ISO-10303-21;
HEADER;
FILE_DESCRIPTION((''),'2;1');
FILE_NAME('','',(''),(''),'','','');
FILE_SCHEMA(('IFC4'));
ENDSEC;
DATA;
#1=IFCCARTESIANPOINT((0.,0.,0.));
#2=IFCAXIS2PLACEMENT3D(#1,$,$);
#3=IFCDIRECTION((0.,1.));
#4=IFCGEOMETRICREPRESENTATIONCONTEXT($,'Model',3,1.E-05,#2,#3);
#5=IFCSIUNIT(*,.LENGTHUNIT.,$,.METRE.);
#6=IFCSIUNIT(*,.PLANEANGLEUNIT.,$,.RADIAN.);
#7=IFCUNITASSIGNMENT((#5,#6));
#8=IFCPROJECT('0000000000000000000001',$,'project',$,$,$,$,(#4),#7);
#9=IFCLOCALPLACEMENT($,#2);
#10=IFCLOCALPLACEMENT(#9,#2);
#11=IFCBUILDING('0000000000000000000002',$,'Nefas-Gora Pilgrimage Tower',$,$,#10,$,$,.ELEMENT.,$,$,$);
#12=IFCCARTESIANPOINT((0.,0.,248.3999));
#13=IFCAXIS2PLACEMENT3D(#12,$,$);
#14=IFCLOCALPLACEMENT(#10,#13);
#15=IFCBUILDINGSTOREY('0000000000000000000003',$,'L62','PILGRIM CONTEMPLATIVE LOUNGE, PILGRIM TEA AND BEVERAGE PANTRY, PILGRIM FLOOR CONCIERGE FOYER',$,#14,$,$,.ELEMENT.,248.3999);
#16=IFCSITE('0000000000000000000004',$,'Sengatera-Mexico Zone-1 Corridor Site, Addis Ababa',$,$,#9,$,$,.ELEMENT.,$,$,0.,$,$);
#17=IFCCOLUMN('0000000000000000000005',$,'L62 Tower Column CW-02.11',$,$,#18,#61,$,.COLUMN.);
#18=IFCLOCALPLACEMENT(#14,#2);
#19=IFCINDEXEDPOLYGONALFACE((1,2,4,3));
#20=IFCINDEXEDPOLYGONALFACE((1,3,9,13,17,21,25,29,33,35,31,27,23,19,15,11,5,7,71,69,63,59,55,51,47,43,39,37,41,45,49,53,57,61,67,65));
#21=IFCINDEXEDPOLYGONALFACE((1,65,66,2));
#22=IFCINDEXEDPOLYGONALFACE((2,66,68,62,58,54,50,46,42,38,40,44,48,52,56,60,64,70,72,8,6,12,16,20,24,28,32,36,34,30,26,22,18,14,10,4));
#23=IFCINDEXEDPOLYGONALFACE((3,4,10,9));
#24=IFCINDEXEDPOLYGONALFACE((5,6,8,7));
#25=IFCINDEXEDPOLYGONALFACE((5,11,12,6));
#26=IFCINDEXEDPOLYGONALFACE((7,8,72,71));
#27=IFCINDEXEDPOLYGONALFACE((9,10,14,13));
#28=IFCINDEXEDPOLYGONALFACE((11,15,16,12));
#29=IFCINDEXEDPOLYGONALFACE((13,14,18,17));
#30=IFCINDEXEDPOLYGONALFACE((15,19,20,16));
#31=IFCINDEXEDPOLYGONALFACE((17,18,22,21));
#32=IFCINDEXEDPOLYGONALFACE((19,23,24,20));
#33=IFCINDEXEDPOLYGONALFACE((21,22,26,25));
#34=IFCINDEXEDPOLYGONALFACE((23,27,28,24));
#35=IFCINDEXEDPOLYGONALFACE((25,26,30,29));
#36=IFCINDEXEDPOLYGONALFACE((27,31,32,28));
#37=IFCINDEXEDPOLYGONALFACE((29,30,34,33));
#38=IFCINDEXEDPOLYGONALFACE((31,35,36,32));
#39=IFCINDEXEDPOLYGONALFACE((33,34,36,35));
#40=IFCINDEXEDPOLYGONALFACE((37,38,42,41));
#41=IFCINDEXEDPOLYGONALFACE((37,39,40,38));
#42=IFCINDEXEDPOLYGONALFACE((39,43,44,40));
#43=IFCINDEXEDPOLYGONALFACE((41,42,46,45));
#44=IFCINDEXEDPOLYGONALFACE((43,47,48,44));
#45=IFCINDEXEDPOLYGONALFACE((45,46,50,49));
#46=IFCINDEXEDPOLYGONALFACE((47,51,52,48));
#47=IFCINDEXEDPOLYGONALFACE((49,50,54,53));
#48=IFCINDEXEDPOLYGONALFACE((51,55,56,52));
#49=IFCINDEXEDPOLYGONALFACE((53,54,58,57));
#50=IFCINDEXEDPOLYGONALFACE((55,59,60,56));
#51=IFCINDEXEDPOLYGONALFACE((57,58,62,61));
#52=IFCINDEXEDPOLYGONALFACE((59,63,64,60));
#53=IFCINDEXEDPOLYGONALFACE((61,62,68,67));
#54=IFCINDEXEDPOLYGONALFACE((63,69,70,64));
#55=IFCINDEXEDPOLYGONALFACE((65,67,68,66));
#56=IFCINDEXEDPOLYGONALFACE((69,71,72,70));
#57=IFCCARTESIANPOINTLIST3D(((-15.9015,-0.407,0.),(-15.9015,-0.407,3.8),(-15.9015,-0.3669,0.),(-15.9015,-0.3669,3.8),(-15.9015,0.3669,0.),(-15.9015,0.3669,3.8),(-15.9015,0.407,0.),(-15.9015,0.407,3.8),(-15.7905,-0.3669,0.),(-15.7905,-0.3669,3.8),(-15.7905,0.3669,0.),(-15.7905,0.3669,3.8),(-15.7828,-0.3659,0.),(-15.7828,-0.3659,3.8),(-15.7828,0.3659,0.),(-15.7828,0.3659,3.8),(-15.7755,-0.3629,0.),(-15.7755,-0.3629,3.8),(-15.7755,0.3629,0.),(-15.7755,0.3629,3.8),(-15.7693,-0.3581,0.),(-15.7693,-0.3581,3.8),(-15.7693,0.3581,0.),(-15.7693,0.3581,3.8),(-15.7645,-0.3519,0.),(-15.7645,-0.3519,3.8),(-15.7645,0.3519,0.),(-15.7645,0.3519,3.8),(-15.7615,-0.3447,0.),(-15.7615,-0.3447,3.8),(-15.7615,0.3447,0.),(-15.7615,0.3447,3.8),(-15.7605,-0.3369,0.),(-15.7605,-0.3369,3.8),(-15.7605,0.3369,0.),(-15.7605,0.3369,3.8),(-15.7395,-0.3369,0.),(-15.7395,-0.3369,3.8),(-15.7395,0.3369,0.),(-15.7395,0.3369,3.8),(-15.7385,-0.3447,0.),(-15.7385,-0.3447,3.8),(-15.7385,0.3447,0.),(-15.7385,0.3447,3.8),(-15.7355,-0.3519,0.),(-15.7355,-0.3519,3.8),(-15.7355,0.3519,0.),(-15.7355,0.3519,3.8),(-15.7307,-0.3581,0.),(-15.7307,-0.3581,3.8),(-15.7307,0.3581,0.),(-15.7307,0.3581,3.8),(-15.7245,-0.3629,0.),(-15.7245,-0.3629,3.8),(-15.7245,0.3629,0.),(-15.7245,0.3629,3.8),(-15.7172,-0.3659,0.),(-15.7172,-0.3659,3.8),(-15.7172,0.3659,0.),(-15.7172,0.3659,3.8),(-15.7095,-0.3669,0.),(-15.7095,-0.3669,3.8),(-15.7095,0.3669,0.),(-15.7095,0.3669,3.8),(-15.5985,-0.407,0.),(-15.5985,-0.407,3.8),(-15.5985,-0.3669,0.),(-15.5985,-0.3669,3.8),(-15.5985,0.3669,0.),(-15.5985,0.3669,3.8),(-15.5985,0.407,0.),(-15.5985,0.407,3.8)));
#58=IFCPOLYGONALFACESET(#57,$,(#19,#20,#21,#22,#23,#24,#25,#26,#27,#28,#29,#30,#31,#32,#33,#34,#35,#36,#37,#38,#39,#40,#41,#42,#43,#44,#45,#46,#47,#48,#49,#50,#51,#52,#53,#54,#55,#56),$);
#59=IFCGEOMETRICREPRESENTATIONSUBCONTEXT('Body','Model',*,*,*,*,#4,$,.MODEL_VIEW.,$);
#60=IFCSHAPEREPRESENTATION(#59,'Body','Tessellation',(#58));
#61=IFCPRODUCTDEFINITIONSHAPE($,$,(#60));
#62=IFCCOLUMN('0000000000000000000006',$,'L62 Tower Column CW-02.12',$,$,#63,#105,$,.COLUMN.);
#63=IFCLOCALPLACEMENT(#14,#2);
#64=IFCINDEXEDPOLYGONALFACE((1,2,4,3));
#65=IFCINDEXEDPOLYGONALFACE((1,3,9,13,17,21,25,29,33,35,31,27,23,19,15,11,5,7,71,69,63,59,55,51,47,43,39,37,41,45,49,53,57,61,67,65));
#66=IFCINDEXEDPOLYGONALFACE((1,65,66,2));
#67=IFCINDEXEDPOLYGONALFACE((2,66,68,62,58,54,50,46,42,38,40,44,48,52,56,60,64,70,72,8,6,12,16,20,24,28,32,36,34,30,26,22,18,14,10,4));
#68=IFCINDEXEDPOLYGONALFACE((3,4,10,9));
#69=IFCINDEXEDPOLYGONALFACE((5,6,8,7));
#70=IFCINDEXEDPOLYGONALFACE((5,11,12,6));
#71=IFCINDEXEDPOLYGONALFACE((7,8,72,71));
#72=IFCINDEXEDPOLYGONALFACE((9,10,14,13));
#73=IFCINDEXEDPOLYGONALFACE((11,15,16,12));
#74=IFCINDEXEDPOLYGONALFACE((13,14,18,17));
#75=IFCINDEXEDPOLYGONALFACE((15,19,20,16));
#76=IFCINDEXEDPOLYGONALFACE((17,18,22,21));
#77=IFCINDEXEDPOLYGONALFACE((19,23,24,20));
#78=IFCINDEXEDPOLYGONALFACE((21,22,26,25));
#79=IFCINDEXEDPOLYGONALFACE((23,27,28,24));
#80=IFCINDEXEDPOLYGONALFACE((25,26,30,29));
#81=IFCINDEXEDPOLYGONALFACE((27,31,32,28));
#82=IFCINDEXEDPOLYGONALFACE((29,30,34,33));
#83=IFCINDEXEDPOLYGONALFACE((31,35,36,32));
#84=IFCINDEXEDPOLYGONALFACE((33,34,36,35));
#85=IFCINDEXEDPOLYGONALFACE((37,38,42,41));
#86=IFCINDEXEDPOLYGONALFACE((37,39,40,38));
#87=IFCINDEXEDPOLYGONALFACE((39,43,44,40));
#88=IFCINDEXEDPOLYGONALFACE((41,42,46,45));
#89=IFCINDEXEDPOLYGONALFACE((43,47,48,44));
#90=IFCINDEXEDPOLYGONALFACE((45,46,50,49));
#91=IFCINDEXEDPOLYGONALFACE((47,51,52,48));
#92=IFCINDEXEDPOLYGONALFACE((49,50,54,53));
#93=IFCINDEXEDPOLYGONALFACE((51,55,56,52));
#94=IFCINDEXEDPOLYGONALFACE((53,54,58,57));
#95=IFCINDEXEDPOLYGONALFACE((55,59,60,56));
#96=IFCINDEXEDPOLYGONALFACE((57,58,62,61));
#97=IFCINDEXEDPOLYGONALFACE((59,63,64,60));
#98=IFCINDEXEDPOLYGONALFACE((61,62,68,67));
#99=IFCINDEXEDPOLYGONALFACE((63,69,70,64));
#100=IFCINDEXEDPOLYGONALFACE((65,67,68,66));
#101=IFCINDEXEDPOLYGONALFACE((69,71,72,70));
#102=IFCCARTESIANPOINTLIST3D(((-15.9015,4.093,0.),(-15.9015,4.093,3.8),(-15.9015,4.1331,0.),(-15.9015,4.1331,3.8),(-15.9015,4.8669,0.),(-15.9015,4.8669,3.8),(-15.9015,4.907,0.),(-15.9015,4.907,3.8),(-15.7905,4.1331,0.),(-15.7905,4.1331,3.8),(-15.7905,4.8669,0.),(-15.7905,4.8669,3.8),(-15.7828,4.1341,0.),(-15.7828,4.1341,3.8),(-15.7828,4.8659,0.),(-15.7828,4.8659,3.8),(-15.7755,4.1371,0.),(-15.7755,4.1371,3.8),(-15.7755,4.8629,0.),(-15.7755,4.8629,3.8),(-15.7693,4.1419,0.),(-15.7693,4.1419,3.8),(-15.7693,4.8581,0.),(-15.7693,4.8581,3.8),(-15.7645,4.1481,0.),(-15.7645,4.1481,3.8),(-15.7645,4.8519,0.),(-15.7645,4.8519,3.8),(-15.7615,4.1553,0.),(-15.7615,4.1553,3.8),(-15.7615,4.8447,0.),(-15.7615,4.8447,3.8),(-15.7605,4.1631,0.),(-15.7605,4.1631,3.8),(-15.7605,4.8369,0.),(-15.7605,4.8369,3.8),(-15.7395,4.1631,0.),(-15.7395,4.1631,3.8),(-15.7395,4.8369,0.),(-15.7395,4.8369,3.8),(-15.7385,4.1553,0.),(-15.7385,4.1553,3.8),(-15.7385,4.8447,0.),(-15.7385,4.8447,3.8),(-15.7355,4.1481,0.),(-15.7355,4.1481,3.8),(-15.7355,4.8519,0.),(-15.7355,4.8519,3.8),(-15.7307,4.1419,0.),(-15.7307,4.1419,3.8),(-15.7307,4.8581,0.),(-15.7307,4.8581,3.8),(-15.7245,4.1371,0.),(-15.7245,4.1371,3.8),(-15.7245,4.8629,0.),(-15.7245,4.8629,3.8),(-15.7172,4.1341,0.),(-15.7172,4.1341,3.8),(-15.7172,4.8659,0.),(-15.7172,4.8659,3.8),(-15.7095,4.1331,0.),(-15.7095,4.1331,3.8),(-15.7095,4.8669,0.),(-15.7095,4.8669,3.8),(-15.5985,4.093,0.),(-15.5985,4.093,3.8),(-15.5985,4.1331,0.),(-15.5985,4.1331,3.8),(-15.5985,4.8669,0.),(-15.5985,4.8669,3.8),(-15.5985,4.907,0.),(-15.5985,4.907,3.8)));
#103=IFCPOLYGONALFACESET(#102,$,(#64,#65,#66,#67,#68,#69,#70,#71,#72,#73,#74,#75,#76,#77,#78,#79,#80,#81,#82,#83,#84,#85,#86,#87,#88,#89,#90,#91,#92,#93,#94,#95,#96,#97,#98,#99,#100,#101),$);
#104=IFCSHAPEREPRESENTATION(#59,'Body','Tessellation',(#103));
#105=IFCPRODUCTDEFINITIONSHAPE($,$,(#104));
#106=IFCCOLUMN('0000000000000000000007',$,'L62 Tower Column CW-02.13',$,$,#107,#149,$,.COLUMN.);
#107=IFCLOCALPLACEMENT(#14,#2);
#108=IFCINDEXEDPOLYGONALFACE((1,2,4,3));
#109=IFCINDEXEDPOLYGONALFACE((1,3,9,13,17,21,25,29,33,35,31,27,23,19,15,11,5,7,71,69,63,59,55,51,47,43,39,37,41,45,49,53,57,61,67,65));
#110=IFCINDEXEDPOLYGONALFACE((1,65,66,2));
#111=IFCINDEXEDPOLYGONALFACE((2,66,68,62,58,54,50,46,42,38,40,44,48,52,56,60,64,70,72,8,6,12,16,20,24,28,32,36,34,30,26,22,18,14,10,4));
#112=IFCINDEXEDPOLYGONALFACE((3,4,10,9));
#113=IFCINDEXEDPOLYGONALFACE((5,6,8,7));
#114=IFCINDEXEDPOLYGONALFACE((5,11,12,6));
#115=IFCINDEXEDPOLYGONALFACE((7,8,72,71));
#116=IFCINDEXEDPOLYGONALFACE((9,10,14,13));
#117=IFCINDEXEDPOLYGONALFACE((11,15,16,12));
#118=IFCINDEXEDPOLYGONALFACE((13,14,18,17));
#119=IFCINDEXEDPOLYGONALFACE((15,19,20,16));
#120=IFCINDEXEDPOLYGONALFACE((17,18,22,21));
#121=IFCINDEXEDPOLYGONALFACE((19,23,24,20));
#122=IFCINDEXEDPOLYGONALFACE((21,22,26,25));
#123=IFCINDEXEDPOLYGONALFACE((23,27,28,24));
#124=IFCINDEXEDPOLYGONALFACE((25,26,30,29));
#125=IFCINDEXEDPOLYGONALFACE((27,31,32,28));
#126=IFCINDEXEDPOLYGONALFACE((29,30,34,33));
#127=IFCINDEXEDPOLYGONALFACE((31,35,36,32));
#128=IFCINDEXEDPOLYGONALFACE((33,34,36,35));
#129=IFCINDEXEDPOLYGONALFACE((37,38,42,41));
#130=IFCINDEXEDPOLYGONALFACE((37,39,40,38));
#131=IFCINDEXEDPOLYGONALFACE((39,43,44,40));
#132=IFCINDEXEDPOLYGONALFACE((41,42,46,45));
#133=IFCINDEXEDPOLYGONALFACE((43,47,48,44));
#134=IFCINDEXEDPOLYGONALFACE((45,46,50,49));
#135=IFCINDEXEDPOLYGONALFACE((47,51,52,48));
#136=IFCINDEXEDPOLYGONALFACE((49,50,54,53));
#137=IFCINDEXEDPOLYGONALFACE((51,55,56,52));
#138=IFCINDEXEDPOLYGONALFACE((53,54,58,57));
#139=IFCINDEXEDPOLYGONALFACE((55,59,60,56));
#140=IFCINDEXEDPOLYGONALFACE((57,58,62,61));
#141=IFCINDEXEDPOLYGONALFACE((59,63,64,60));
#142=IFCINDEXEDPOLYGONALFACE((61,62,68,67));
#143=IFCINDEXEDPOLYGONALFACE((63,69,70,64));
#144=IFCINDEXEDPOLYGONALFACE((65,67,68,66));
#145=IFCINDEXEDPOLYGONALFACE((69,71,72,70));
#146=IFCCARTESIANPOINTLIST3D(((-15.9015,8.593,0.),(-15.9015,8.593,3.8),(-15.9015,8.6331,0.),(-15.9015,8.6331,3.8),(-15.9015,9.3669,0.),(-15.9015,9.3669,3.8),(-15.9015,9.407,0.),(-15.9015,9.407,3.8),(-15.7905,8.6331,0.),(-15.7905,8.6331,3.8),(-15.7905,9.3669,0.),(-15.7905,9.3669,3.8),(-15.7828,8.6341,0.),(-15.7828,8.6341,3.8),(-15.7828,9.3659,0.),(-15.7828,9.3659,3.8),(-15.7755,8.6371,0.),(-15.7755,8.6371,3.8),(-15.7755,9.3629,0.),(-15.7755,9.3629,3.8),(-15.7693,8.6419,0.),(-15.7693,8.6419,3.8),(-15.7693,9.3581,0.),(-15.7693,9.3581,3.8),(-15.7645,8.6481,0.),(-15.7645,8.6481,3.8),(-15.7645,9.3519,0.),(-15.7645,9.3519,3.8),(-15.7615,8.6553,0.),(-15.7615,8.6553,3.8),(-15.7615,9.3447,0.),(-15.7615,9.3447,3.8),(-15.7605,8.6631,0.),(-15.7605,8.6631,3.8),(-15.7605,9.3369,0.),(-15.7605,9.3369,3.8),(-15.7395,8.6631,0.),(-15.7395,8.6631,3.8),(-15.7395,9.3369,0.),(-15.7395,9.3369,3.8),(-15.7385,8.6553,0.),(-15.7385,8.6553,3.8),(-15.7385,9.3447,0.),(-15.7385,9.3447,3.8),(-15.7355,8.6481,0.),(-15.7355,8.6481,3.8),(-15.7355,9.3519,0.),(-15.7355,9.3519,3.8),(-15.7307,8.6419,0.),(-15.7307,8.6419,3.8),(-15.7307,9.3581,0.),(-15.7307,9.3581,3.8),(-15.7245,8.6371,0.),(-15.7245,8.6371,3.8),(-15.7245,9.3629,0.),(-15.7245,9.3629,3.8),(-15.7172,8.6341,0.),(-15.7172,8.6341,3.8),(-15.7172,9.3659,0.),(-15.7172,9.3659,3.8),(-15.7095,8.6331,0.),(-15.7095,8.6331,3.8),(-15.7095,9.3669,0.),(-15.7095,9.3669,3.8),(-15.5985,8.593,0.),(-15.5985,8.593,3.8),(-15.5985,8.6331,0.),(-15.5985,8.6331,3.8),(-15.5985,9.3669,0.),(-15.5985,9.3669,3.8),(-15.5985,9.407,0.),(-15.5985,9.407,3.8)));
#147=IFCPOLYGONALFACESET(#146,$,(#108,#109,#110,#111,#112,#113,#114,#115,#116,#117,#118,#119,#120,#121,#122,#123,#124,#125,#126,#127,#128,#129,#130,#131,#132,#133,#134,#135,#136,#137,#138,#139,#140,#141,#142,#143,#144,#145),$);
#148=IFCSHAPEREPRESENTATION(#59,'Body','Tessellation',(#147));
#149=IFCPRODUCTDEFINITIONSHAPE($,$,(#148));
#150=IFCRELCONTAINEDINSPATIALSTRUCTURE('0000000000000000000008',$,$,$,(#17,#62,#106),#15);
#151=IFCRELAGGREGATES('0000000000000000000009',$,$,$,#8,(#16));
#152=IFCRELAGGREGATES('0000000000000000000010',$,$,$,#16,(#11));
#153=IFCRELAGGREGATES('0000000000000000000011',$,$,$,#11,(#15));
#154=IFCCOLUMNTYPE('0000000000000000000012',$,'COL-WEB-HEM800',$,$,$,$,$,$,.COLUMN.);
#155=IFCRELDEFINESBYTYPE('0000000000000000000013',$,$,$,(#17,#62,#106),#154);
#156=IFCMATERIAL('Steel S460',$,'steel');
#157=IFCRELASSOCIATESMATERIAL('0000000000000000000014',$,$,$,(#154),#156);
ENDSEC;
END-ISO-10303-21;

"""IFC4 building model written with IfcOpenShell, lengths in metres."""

from ifc_helpers import new_model, si_unit, direction, frame, origin, origin_2d, place, context, subcontext, project, spatial, i_section, extrude, source, transform, mapped, material, material_profile, profile_set, type_object, element, save


model = new_model("IFC4")

# Units and contexts
model_context = context("Model", 3, precision=1e-05, world=origin(), true_north=direction((0.0, 1.0)))
body_context = subcontext(model_context, "Body", "Model", "MODEL_VIEW")
ifc_project = project(units=[si_unit("LENGTHUNIT", "METRE"), si_unit("PLANEANGLEUNIT", "RADIAN")], contexts=[model_context])

# Site, building, storey
site_placement = place(None, origin())
site = spatial("IfcSite", under=ifc_project, at=site_placement, Name="Sengatera-Mexico Zone-1 Corridor Site, Addis Ababa", CompositionType="ELEMENT", RefElevation=0.0)
building_placement = place(site_placement, origin())
building = spatial("IfcBuilding", under=site, at=building_placement, Name="Nefas-Gora Pilgrimage Tower", CompositionType="ELEMENT")
storey_placement = place(building_placement, frame((0.0, 0.0, 248.3999)))
storey = spatial("IfcBuildingStorey", under=building, at=storey_placement, Name="L62", Description="PILGRIM CONTEMPLATIVE LOUNGE, PILGRIM TEA AND BEVERAGE PANTRY, PILGRIM FLOOR CONCIERGE FOYER", CompositionType="ELEMENT", Elevation=248.3999)

# Columns
ifc_material_1 = material(Name="Steel S460", Category="steel")
ifc_material_profile_1 = material_profile(ifc_material_1, i_section(OverallWidth=0.303, OverallDepth=0.814, WebThickness=0.021, FlangeThickness=0.04, FilletRadius=0.03, at=origin_2d()), Name="HEM 800")
ifc_profile_set_1 = profile_set([ifc_material_profile_1], Name="Steel S460")
column_type_1 = type_object("IfcColumnType", Name="COL-WEB-HEM800", PredefinedType="COLUMN", material=ifc_profile_set_1)
shared_shape_1 = source(origin(), body_context, "Body", "SweptSolid", [
    extrude(i_section(OverallWidth=0.303, OverallDepth=0.814, WebThickness=0.021, FlangeThickness=0.04, FilletRadius=0.03, at=origin_2d()), origin(), (0.0, 0.0, 1.0), 3.8),
])
for number, where, z_axis, x_axis, name in (
    (1, (-15.75, 0.0, 0.0), (0.0, 0.0, 1.0), (1.0, 0.0, 0.0), "L62 Tower Column CW-02.11"),
    (2, (-15.75, 4.5, 0.0), (0.0, 0.0, 1.0), (1.0, 0.0, 0.0), "L62 Tower Column CW-02.12"),
    (3, (-15.75, 9.0, 0.0), (0.0, 0.0, 1.0), (1.0, 0.0, 0.0), "L62 Tower Column CW-02.13"),
):
    element("IfcColumn", number, at=place(storey_placement, frame(where, z_axis=z_axis, x_axis=x_axis)), inside=storey, type_object=column_type_1, Name=name, PredefinedType="COLUMN", context=body_context, shape_type="MappedRepresentation", body=[
        mapped(shared_shape_1, transform((0.0, 0.0, 0.0), x_axis=(1.0, 0.0, 0.0), y_axis=(0.0, 1.0, 0.0), z_axis=(0.0, 0.0, 1.0), scale=1.0)),
    ])

save(model, "model.ifc")
